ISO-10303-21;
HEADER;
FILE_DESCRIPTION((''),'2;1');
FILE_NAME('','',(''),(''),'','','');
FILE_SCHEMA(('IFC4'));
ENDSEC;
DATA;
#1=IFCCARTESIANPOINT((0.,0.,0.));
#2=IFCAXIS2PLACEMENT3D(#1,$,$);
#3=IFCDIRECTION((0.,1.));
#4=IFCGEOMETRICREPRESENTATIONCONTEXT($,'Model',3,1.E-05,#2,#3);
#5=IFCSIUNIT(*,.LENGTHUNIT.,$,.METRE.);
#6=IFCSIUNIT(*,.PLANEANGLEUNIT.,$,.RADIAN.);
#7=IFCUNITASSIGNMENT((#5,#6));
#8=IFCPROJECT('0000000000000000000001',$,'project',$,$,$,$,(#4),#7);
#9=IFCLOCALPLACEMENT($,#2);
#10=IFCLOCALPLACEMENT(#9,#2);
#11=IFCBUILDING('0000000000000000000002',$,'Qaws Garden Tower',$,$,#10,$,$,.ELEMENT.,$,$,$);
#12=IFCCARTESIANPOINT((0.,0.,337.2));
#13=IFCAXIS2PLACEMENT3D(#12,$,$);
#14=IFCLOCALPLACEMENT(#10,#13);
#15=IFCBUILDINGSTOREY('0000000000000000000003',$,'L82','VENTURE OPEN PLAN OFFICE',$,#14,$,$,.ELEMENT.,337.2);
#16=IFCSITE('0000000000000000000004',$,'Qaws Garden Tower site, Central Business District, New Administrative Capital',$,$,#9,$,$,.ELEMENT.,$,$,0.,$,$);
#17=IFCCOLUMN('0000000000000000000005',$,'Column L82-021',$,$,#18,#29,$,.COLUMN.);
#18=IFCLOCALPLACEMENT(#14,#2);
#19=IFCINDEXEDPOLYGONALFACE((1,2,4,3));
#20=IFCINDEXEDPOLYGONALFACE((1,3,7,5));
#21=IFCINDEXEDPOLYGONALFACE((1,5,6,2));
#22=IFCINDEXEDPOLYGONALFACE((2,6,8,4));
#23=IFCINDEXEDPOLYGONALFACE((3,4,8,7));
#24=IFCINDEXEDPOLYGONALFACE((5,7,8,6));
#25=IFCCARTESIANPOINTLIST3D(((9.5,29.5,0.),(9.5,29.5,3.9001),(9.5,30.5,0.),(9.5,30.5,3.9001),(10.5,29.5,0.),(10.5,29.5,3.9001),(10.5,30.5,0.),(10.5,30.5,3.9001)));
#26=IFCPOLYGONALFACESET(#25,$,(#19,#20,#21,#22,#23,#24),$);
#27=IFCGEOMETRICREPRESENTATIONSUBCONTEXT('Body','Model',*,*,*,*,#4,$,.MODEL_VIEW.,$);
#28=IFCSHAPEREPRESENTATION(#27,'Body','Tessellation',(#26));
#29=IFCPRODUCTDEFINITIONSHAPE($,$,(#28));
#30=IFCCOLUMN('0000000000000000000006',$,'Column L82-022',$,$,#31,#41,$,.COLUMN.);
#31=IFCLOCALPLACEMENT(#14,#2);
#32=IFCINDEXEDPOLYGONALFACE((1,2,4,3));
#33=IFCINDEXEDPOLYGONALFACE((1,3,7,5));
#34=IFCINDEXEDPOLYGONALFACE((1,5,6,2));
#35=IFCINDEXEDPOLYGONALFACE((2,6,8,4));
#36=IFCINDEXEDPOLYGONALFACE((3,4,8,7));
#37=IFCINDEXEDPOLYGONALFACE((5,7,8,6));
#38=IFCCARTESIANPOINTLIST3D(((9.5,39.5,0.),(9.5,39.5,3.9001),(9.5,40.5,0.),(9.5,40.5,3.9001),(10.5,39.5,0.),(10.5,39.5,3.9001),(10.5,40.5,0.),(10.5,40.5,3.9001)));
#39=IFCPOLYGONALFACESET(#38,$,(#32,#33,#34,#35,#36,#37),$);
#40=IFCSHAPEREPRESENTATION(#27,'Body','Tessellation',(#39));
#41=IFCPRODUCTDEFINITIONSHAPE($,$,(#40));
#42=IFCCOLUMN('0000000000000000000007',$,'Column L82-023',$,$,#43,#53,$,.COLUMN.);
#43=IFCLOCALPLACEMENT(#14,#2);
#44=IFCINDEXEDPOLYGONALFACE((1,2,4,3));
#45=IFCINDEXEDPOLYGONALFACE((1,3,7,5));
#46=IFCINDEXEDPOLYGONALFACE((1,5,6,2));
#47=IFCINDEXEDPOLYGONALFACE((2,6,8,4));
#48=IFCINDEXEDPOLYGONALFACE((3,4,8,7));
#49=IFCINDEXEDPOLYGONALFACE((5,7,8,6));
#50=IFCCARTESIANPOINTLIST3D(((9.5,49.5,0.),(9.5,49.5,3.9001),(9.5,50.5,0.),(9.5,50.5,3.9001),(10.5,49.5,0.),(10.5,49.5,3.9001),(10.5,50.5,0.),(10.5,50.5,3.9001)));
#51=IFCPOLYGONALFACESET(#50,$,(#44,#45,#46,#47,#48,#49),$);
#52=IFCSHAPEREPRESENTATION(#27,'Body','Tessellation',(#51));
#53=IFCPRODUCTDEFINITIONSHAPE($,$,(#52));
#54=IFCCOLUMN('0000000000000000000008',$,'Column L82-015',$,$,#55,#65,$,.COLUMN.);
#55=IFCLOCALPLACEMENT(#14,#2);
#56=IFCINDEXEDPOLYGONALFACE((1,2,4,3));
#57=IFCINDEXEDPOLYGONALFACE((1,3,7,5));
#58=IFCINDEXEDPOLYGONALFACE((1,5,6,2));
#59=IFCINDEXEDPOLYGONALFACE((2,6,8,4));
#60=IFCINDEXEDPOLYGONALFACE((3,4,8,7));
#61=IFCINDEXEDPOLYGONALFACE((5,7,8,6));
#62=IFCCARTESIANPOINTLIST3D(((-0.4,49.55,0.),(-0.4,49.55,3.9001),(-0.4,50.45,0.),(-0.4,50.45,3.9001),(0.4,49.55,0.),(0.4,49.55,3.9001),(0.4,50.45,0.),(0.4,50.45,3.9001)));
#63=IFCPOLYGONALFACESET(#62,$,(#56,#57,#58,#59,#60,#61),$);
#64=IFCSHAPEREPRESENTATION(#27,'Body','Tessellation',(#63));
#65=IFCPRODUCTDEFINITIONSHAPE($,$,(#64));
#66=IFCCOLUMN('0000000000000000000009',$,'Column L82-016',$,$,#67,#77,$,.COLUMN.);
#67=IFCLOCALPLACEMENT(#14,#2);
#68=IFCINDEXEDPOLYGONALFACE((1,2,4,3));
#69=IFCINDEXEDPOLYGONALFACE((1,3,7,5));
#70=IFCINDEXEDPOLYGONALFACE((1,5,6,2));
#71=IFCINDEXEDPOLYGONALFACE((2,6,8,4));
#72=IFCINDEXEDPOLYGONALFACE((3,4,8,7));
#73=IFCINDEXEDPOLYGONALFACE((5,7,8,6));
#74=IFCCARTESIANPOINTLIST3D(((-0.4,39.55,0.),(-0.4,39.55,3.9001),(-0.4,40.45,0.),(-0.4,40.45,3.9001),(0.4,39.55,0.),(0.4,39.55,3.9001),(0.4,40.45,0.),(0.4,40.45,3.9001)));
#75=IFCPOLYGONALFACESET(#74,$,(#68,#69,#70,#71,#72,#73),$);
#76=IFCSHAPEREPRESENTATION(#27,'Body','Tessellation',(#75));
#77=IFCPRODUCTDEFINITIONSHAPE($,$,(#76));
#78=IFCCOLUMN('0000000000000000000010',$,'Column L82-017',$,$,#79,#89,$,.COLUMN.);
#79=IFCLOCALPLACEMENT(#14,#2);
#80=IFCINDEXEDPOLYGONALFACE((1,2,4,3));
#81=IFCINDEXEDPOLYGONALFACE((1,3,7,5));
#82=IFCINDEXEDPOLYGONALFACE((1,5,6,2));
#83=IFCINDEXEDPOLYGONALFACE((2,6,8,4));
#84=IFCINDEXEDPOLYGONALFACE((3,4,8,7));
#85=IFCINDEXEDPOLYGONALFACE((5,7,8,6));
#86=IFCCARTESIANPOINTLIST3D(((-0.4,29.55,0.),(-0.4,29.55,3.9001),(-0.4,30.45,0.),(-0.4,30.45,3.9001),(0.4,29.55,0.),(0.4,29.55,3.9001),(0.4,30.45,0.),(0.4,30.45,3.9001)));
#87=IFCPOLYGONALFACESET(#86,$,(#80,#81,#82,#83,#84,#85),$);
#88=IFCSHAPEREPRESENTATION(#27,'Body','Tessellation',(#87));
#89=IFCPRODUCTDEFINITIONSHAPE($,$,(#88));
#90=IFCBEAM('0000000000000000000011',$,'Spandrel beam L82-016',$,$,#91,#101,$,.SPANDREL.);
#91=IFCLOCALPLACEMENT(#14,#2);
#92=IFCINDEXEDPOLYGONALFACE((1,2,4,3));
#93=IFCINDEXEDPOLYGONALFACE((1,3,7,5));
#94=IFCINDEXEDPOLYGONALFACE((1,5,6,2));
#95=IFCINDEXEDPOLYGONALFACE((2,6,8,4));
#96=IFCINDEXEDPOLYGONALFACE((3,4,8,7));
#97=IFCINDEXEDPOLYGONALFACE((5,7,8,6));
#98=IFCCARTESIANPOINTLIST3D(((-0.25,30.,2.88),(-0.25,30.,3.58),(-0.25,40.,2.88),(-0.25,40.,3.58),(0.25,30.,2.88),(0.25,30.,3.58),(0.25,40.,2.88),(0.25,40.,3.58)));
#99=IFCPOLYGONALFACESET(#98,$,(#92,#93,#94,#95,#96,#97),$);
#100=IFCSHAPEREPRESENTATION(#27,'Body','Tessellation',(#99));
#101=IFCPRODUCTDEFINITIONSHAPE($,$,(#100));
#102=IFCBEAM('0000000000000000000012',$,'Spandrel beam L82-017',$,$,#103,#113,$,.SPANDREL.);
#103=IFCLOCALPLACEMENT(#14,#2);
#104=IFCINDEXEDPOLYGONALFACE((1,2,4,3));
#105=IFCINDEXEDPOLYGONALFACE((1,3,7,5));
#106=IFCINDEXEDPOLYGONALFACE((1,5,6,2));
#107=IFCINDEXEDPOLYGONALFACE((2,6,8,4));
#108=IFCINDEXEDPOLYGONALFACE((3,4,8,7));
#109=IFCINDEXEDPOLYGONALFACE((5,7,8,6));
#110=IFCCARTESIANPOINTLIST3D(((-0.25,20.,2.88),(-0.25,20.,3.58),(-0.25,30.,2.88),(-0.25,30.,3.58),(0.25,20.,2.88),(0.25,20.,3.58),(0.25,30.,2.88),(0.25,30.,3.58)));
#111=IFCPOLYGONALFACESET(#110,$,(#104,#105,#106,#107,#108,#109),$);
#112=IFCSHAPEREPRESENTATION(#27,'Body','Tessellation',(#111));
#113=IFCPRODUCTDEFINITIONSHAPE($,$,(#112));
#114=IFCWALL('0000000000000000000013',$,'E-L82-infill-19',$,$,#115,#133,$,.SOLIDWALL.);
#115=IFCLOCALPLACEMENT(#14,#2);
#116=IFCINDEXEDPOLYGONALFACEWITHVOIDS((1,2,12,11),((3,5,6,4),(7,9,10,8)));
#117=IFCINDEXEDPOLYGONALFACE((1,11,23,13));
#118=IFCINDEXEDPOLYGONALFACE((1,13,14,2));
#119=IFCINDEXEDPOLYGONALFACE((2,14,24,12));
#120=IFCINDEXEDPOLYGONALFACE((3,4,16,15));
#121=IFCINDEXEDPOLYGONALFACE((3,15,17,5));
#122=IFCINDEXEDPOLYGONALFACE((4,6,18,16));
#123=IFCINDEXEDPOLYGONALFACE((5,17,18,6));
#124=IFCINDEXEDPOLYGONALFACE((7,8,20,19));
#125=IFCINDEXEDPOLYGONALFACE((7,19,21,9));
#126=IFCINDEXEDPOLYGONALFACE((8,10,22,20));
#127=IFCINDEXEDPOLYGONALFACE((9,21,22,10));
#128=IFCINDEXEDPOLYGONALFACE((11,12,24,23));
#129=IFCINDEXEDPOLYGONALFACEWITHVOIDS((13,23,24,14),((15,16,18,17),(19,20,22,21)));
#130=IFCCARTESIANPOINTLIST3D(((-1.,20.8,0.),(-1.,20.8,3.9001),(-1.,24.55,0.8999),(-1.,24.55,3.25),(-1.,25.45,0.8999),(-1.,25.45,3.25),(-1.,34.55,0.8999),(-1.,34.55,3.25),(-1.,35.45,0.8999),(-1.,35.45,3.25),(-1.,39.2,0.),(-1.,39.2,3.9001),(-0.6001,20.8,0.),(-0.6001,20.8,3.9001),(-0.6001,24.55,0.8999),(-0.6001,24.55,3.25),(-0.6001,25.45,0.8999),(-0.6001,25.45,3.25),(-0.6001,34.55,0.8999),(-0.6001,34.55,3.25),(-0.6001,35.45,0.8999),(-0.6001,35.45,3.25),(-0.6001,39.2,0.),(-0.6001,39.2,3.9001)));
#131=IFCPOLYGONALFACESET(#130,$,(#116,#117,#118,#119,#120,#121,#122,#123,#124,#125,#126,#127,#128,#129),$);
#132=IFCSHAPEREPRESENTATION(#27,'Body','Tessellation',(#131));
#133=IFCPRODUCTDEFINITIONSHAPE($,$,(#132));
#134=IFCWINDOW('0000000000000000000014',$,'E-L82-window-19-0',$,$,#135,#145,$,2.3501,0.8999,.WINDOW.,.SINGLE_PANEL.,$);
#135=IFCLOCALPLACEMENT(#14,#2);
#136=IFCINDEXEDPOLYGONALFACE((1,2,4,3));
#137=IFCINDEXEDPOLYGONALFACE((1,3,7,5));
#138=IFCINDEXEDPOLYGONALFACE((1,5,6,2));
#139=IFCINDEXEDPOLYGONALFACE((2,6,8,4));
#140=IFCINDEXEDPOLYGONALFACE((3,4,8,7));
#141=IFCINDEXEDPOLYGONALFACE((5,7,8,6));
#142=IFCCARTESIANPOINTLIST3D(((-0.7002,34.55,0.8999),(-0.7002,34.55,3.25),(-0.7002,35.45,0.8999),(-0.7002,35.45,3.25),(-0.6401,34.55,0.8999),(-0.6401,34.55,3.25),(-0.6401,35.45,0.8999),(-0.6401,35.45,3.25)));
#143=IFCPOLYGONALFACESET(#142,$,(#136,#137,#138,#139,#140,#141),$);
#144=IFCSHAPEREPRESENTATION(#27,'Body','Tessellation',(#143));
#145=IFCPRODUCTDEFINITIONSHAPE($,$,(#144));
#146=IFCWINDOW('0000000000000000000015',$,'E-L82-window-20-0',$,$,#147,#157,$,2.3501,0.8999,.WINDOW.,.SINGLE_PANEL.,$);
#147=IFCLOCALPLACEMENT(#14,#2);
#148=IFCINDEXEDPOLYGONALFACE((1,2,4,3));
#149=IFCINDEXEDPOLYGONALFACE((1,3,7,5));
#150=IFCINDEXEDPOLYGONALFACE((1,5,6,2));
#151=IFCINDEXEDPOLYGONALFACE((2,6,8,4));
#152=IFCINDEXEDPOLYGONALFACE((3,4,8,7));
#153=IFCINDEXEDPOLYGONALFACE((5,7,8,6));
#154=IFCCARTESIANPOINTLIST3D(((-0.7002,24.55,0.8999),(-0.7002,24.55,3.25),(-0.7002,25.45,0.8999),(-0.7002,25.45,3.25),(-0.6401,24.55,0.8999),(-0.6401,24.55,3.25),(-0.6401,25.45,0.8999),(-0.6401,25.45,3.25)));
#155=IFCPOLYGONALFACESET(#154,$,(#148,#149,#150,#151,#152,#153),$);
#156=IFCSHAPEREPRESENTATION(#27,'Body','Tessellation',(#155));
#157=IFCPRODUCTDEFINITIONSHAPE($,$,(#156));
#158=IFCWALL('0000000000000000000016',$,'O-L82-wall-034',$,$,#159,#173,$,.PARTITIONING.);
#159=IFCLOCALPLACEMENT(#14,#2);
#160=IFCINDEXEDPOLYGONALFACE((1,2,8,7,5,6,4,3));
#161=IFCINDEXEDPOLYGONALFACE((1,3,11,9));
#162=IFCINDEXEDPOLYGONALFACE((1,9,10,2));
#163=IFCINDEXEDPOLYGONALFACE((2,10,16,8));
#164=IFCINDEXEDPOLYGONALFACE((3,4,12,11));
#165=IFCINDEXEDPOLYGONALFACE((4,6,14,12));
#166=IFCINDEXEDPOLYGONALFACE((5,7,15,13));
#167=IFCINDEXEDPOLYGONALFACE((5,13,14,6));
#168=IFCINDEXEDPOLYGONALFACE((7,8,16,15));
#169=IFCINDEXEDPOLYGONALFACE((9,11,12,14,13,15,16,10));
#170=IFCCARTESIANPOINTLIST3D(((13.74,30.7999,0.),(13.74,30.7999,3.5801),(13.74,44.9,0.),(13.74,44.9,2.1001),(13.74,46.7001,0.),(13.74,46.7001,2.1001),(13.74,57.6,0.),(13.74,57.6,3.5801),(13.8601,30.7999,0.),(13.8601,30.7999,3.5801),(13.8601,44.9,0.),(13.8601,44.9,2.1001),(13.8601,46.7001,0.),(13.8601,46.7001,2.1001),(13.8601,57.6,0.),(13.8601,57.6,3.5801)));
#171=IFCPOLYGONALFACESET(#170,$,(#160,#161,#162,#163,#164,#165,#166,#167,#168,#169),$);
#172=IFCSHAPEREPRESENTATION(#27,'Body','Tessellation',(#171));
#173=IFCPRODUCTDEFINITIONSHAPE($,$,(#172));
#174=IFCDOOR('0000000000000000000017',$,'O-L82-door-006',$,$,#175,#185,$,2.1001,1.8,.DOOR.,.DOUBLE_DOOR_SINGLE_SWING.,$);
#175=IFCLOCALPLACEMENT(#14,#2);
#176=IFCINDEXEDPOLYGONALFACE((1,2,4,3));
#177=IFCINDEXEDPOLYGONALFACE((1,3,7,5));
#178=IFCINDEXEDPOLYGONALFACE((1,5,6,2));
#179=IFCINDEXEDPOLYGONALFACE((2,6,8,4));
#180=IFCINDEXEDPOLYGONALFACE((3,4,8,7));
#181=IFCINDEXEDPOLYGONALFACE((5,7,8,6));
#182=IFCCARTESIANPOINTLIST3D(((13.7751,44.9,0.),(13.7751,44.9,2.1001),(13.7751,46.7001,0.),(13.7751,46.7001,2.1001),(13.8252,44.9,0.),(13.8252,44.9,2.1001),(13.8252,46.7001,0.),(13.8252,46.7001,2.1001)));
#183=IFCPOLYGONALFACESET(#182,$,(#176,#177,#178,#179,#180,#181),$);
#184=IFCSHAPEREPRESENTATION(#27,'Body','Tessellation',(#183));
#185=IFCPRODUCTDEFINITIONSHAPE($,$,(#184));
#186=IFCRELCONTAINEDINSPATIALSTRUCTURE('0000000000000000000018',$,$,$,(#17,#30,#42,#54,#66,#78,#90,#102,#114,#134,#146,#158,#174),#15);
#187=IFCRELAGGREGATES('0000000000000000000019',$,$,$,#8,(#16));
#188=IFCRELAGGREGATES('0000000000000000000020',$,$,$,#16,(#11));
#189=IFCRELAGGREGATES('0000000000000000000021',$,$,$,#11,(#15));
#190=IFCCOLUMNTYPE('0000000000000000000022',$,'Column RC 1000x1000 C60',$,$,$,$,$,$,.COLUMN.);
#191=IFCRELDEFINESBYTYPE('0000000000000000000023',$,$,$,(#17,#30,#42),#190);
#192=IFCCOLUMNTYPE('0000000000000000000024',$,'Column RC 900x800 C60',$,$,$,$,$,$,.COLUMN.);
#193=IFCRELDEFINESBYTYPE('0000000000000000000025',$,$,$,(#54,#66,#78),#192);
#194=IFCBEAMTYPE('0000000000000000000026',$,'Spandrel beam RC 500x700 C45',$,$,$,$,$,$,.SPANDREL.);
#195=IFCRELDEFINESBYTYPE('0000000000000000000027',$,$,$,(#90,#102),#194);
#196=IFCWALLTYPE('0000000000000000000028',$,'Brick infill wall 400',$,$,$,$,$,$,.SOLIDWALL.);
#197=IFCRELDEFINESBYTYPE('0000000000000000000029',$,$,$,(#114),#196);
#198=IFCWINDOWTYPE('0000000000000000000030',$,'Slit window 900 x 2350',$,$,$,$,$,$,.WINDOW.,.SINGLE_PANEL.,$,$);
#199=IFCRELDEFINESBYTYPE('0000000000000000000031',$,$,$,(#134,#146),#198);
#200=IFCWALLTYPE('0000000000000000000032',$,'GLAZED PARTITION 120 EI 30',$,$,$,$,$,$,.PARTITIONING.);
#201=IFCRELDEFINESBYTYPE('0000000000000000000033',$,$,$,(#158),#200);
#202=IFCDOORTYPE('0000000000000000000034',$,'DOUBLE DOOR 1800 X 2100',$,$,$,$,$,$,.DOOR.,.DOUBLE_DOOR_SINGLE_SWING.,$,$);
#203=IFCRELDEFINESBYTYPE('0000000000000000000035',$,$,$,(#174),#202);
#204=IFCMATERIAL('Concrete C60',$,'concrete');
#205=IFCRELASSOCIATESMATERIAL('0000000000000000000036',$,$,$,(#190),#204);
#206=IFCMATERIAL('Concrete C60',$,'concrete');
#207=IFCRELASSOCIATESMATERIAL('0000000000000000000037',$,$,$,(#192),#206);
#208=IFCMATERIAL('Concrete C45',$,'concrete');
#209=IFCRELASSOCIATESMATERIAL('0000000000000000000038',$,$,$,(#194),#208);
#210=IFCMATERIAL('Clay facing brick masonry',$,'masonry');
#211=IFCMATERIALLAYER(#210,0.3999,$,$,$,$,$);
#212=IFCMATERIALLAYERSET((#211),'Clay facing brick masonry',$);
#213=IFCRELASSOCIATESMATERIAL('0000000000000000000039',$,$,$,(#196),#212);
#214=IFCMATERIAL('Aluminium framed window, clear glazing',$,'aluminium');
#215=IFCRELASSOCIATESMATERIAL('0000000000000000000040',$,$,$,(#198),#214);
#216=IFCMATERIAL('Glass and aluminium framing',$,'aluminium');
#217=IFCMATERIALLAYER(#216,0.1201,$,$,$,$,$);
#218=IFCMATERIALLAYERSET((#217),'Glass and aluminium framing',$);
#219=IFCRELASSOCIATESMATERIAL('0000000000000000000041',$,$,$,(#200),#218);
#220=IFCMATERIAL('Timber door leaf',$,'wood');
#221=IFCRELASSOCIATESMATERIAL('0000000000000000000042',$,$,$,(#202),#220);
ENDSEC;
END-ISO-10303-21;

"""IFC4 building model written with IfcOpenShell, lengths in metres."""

from ifc_helpers import new_model, si_unit, direction, frame, frame_2d, origin, origin_2d, place, context, subcontext, project, spatial, rectangle, extrude, material, layer, layer_set, material_profile, profile_set, type_object, element, fill, save


model = new_model("IFC4")

# Units and contexts
model_context = context("Model", 3, precision=1e-05, world=origin(), true_north=direction((0.0, 1.0)))
body_context = subcontext(model_context, "Body", "Model", "MODEL_VIEW")
ifc_project = project(units=[si_unit("LENGTHUNIT", "METRE"), si_unit("PLANEANGLEUNIT", "RADIAN")], contexts=[model_context])

# Site, building, storey
site_placement = place(None, origin())
site = spatial("IfcSite", under=ifc_project, at=site_placement, Name="Qaws Garden Tower site, Central Business District, New Administrative Capital", CompositionType="ELEMENT", RefElevation=0.0)
building_placement = place(site_placement, origin())
building = spatial("IfcBuilding", under=site, at=building_placement, Name="Qaws Garden Tower", CompositionType="ELEMENT")
storey_placement = place(building_placement, frame((0.0, 0.0, 337.2)))
storey = spatial("IfcBuildingStorey", under=building, at=storey_placement, Name="L82", Description="VENTURE OPEN PLAN OFFICE", CompositionType="ELEMENT", Elevation=337.2)

# Columns
ifc_material_1 = material(Name="Concrete C60", Category="concrete")
ifc_material_profile_1 = material_profile(ifc_material_1, rectangle(XDim=1.0, YDim=1.0, at=origin_2d()), Name="RC 1000x1000")
ifc_profile_set_1 = profile_set([ifc_material_profile_1], Name="Concrete C60")
column_type_1 = type_object("IfcColumnType", Name="Column RC 1000x1000 C60", PredefinedType="COLUMN", material=ifc_profile_set_1)
for number, where, z_axis, x_axis, name in (
    (1, (10.0, 30.0, 0.0), (0.0, 0.0, 1.0), (1.0, 0.0, 0.0), "Column L82-021"),
    (2, (10.0, 40.0, 0.0), (0.0, 0.0, 1.0), (1.0, 0.0, 0.0), "Column L82-022"),
    (3, (10.0, 50.0, 0.0), (0.0, 0.0, 1.0), (1.0, 0.0, 0.0), "Column L82-023"),
):
    element("IfcColumn", number, at=place(storey_placement, frame(where, z_axis=z_axis, x_axis=x_axis)), inside=storey, type_object=column_type_1, Name=name, PredefinedType="COLUMN", context=body_context, shape_type="SweptSolid", body=[
        extrude(rectangle(XDim=1.0, YDim=1.0, at=origin_2d()), origin(), (0.0, 0.0, 1.0), 3.9001),
    ])
ifc_material_2 = material(Name="Concrete C60", Category="concrete")
ifc_material_profile_2 = material_profile(ifc_material_2, rectangle(XDim=0.8999, YDim=0.8, at=origin_2d()), Name="RC 900x800")
ifc_profile_set_2 = profile_set([ifc_material_profile_2], Name="Concrete C60")
column_type_2 = type_object("IfcColumnType", Name="Column RC 900x800 C60", PredefinedType="COLUMN", material=ifc_profile_set_2)
for number, where, z_axis, x_axis, name in (
    (4, (0.0, 50.0, 0.0), (0.0, 0.0, 1.0), (0.0, 1.0, 0.0), "Column L82-015"),
    (5, (0.0, 40.0, 0.0), (0.0, 0.0, 1.0), (0.0, 1.0, 0.0), "Column L82-016"),
    (6, (0.0, 30.0, 0.0), (0.0, 0.0, 1.0), (0.0, 1.0, 0.0), "Column L82-017"),
):
    element("IfcColumn", number, at=place(storey_placement, frame(where, z_axis=z_axis, x_axis=x_axis)), inside=storey, type_object=column_type_2, Name=name, PredefinedType="COLUMN", context=body_context, shape_type="SweptSolid", body=[
        extrude(rectangle(XDim=0.8999, YDim=0.8, at=origin_2d()), origin(), (0.0, 0.0, 1.0), 3.9001),
    ])

# Beams
ifc_material_3 = material(Name="Concrete C45", Category="concrete")
ifc_material_profile_3 = material_profile(ifc_material_3, rectangle(XDim=0.5, YDim=0.7, at=origin_2d()), Name="RC 500x700")
ifc_profile_set_3 = profile_set([ifc_material_profile_3], Name="Concrete C45")
beam_type = type_object("IfcBeamType", Name="Spandrel beam RC 500x700 C45", PredefinedType="SPANDREL", material=ifc_profile_set_3)
for number, where, z_axis, x_axis, name in (
    (7, (0.0, 40.0, 3.23), (0.0, -1.0, 0.0), (1.0, 0.0, 0.0), "Spandrel beam L82-016"),
    (8, (0.0, 30.0, 3.23), (0.0, -1.0, 0.0), (1.0, 0.0, 0.0), "Spandrel beam L82-017"),
):
    element("IfcBeam", number, at=place(storey_placement, frame(where, z_axis=z_axis, x_axis=x_axis)), inside=storey, type_object=beam_type, Name=name, PredefinedType="SPANDREL", context=body_context, shape_type="SweptSolid", body=[
        extrude(rectangle(XDim=0.5, YDim=0.7, at=origin_2d()), origin(), (0.0, 0.0, 1.0), 10.0),
    ])

# Wall, openings, windows
ifc_material_4 = material(Name="Clay facing brick masonry", Category="masonry")
ifc_layer_1 = layer(ifc_material_4, 0.3999)
ifc_layer_set_1 = layer_set([ifc_layer_1], Name="Clay facing brick masonry")
wall_type_1 = type_object("IfcWallType", Name="Brick infill wall 400", PredefinedType="SOLIDWALL", material=ifc_layer_set_1)
wall_1_placement = place(storey_placement, frame((-0.8, 39.2, 0.0), z_axis=(0.0, 0.0, 1.0), x_axis=(0.0, -1.0, 0.0)))
wall_1 = element("IfcWall", 9, at=wall_1_placement, inside=storey, type_object=wall_type_1, Name="E-L82-infill-19", PredefinedType="SOLIDWALL", context=body_context, shape_type="SweptSolid", body=[
    extrude(rectangle(XDim=18.3999, YDim=0.3999, at=frame_2d((9.2, 0.0))), origin(), (0.0, 0.0, 1.0), 3.9001),
])
opening_1_placement = place(wall_1_placement, frame((3.75, 0.0, 0.8999)))
opening_1 = element("IfcOpeningElement", 10, at=opening_1_placement, cuts=wall_1, PredefinedType="OPENING", context=body_context, shape_type="SweptSolid", body=[
    extrude(rectangle(XDim=0.8999, YDim=2.3501, at=frame_2d((0.45, 1.175))), frame((0.0, 0.21, 0.0), z_axis=(0.0, -1.0, 0.0), x_axis=(1.0, 0.0, 0.0)), (0.0, 0.0, 1.0), 0.4199),
])
opening_2_placement = place(wall_1_placement, frame((13.75, 0.0, 0.8999)))
opening_2 = element("IfcOpeningElement", 11, at=opening_2_placement, cuts=wall_1, PredefinedType="OPENING", context=body_context, shape_type="SweptSolid", body=[
    extrude(rectangle(XDim=0.8999, YDim=2.3501, at=frame_2d((0.45, 1.175))), frame((0.0, 0.21, 0.0), z_axis=(0.0, -1.0, 0.0), x_axis=(1.0, 0.0, 0.0)), (0.0, 0.0, 1.0), 0.4199),
])
ifc_material_5 = material(Name="Aluminium framed window, clear glazing", Category="aluminium")
window_type = type_object("IfcWindowType", Name="Slit window 900 x 2350", PartitioningType="SINGLE_PANEL", PredefinedType="WINDOW", material=ifc_material_5)
window_1_placement = place(opening_1_placement, origin())
window_1 = element("IfcWindow", 12, at=window_1_placement, inside=storey, type_object=window_type, Name="E-L82-window-19-0", OverallHeight=2.3501, OverallWidth=0.8999, PartitioningType="SINGLE_PANEL", PredefinedType="WINDOW", context=body_context, shape_type="SweptSolid", body=[
    extrude(rectangle(XDim=0.8999, YDim=2.3501, at=frame_2d((0.45, 1.175))), frame((0.0, 0.1599, 0.0), z_axis=(0.0, -1.0, 0.0), x_axis=(1.0, 0.0, 0.0)), (0.0, 0.0, 1.0), 0.0601),
])
fill(opening_1, window_1)
window_2_placement = place(opening_2_placement, origin())
window_2 = element("IfcWindow", 13, at=window_2_placement, inside=storey, type_object=window_type, Name="E-L82-window-20-0", OverallHeight=2.3501, OverallWidth=0.8999, PartitioningType="SINGLE_PANEL", PredefinedType="WINDOW", context=body_context, shape_type="SweptSolid", body=[
    extrude(rectangle(XDim=0.8999, YDim=2.3501, at=frame_2d((0.45, 1.175))), frame((0.0, 0.1599, 0.0), z_axis=(0.0, -1.0, 0.0), x_axis=(1.0, 0.0, 0.0)), (0.0, 0.0, 1.0), 0.0601),
])
fill(opening_2, window_2)

# Wall, opening, door
ifc_material_6 = material(Name="Glass and aluminium framing", Category="aluminium")
ifc_layer_2 = layer(ifc_material_6, 0.1201)
ifc_layer_set_2 = layer_set([ifc_layer_2], Name="Glass and aluminium framing")
wall_type_2 = type_object("IfcWallType", Name="GLAZED PARTITION 120 EI 30", PredefinedType="PARTITIONING", material=ifc_layer_set_2)
wall_2_placement = place(storey_placement, frame((13.8, 30.8, 0.0), z_axis=(0.0, 0.0, 1.0), x_axis=(0.0, 1.0, 0.0)))
wall_2 = element("IfcWall", 14, at=wall_2_placement, inside=storey, type_object=wall_type_2, Name="O-L82-wall-034", PredefinedType="PARTITIONING", context=body_context, shape_type="SweptSolid", body=[
    extrude(rectangle(XDim=26.8, YDim=0.1201, at=frame_2d((13.3999, 0.0))), origin(), (0.0, 0.0, 1.0), 3.5801),
])
opening_3_placement = place(wall_2_placement, frame((14.1001, 0.0, 0.0)))
opening_3 = element("IfcOpeningElement", 15, at=opening_3_placement, cuts=wall_2, PredefinedType="OPENING", context=body_context, shape_type="SweptSolid", body=[
    extrude(rectangle(XDim=1.8, YDim=2.1001, at=frame_2d((0.8999, 1.05))), frame((0.0, 0.0701, 0.0), z_axis=(0.0, -1.0, 0.0), x_axis=(1.0, 0.0, 0.0)), (0.0, 0.0, 1.0), 0.1401),
])
ifc_material_7 = material(Name="Timber door leaf", Category="wood")
door_type_1 = type_object("IfcDoorType", Name="DOUBLE DOOR 1800 X 2100", OperationType="DOUBLE_DOOR_SINGLE_SWING", PredefinedType="DOOR", material=ifc_material_7)
door_1_placement = place(opening_3_placement, origin())
door_1 = element("IfcDoor", 16, at=door_1_placement, inside=storey, type_object=door_type_1, Name="O-L82-door-006", OperationType="DOUBLE_DOOR_SINGLE_SWING", OverallHeight=2.1001, OverallWidth=1.8, PredefinedType="DOOR", context=body_context, shape_type="SweptSolid", body=[
    extrude(rectangle(XDim=1.8, YDim=2.1001, at=frame_2d((0.8999, 1.05))), frame((0.0, 0.0249, 0.0), z_axis=(0.0, -1.0, 0.0), x_axis=(1.0, 0.0, 0.0)), (0.0, 0.0, 1.0), 0.05),
])
fill(opening_3, door_1)

save(model, "model.ifc")
